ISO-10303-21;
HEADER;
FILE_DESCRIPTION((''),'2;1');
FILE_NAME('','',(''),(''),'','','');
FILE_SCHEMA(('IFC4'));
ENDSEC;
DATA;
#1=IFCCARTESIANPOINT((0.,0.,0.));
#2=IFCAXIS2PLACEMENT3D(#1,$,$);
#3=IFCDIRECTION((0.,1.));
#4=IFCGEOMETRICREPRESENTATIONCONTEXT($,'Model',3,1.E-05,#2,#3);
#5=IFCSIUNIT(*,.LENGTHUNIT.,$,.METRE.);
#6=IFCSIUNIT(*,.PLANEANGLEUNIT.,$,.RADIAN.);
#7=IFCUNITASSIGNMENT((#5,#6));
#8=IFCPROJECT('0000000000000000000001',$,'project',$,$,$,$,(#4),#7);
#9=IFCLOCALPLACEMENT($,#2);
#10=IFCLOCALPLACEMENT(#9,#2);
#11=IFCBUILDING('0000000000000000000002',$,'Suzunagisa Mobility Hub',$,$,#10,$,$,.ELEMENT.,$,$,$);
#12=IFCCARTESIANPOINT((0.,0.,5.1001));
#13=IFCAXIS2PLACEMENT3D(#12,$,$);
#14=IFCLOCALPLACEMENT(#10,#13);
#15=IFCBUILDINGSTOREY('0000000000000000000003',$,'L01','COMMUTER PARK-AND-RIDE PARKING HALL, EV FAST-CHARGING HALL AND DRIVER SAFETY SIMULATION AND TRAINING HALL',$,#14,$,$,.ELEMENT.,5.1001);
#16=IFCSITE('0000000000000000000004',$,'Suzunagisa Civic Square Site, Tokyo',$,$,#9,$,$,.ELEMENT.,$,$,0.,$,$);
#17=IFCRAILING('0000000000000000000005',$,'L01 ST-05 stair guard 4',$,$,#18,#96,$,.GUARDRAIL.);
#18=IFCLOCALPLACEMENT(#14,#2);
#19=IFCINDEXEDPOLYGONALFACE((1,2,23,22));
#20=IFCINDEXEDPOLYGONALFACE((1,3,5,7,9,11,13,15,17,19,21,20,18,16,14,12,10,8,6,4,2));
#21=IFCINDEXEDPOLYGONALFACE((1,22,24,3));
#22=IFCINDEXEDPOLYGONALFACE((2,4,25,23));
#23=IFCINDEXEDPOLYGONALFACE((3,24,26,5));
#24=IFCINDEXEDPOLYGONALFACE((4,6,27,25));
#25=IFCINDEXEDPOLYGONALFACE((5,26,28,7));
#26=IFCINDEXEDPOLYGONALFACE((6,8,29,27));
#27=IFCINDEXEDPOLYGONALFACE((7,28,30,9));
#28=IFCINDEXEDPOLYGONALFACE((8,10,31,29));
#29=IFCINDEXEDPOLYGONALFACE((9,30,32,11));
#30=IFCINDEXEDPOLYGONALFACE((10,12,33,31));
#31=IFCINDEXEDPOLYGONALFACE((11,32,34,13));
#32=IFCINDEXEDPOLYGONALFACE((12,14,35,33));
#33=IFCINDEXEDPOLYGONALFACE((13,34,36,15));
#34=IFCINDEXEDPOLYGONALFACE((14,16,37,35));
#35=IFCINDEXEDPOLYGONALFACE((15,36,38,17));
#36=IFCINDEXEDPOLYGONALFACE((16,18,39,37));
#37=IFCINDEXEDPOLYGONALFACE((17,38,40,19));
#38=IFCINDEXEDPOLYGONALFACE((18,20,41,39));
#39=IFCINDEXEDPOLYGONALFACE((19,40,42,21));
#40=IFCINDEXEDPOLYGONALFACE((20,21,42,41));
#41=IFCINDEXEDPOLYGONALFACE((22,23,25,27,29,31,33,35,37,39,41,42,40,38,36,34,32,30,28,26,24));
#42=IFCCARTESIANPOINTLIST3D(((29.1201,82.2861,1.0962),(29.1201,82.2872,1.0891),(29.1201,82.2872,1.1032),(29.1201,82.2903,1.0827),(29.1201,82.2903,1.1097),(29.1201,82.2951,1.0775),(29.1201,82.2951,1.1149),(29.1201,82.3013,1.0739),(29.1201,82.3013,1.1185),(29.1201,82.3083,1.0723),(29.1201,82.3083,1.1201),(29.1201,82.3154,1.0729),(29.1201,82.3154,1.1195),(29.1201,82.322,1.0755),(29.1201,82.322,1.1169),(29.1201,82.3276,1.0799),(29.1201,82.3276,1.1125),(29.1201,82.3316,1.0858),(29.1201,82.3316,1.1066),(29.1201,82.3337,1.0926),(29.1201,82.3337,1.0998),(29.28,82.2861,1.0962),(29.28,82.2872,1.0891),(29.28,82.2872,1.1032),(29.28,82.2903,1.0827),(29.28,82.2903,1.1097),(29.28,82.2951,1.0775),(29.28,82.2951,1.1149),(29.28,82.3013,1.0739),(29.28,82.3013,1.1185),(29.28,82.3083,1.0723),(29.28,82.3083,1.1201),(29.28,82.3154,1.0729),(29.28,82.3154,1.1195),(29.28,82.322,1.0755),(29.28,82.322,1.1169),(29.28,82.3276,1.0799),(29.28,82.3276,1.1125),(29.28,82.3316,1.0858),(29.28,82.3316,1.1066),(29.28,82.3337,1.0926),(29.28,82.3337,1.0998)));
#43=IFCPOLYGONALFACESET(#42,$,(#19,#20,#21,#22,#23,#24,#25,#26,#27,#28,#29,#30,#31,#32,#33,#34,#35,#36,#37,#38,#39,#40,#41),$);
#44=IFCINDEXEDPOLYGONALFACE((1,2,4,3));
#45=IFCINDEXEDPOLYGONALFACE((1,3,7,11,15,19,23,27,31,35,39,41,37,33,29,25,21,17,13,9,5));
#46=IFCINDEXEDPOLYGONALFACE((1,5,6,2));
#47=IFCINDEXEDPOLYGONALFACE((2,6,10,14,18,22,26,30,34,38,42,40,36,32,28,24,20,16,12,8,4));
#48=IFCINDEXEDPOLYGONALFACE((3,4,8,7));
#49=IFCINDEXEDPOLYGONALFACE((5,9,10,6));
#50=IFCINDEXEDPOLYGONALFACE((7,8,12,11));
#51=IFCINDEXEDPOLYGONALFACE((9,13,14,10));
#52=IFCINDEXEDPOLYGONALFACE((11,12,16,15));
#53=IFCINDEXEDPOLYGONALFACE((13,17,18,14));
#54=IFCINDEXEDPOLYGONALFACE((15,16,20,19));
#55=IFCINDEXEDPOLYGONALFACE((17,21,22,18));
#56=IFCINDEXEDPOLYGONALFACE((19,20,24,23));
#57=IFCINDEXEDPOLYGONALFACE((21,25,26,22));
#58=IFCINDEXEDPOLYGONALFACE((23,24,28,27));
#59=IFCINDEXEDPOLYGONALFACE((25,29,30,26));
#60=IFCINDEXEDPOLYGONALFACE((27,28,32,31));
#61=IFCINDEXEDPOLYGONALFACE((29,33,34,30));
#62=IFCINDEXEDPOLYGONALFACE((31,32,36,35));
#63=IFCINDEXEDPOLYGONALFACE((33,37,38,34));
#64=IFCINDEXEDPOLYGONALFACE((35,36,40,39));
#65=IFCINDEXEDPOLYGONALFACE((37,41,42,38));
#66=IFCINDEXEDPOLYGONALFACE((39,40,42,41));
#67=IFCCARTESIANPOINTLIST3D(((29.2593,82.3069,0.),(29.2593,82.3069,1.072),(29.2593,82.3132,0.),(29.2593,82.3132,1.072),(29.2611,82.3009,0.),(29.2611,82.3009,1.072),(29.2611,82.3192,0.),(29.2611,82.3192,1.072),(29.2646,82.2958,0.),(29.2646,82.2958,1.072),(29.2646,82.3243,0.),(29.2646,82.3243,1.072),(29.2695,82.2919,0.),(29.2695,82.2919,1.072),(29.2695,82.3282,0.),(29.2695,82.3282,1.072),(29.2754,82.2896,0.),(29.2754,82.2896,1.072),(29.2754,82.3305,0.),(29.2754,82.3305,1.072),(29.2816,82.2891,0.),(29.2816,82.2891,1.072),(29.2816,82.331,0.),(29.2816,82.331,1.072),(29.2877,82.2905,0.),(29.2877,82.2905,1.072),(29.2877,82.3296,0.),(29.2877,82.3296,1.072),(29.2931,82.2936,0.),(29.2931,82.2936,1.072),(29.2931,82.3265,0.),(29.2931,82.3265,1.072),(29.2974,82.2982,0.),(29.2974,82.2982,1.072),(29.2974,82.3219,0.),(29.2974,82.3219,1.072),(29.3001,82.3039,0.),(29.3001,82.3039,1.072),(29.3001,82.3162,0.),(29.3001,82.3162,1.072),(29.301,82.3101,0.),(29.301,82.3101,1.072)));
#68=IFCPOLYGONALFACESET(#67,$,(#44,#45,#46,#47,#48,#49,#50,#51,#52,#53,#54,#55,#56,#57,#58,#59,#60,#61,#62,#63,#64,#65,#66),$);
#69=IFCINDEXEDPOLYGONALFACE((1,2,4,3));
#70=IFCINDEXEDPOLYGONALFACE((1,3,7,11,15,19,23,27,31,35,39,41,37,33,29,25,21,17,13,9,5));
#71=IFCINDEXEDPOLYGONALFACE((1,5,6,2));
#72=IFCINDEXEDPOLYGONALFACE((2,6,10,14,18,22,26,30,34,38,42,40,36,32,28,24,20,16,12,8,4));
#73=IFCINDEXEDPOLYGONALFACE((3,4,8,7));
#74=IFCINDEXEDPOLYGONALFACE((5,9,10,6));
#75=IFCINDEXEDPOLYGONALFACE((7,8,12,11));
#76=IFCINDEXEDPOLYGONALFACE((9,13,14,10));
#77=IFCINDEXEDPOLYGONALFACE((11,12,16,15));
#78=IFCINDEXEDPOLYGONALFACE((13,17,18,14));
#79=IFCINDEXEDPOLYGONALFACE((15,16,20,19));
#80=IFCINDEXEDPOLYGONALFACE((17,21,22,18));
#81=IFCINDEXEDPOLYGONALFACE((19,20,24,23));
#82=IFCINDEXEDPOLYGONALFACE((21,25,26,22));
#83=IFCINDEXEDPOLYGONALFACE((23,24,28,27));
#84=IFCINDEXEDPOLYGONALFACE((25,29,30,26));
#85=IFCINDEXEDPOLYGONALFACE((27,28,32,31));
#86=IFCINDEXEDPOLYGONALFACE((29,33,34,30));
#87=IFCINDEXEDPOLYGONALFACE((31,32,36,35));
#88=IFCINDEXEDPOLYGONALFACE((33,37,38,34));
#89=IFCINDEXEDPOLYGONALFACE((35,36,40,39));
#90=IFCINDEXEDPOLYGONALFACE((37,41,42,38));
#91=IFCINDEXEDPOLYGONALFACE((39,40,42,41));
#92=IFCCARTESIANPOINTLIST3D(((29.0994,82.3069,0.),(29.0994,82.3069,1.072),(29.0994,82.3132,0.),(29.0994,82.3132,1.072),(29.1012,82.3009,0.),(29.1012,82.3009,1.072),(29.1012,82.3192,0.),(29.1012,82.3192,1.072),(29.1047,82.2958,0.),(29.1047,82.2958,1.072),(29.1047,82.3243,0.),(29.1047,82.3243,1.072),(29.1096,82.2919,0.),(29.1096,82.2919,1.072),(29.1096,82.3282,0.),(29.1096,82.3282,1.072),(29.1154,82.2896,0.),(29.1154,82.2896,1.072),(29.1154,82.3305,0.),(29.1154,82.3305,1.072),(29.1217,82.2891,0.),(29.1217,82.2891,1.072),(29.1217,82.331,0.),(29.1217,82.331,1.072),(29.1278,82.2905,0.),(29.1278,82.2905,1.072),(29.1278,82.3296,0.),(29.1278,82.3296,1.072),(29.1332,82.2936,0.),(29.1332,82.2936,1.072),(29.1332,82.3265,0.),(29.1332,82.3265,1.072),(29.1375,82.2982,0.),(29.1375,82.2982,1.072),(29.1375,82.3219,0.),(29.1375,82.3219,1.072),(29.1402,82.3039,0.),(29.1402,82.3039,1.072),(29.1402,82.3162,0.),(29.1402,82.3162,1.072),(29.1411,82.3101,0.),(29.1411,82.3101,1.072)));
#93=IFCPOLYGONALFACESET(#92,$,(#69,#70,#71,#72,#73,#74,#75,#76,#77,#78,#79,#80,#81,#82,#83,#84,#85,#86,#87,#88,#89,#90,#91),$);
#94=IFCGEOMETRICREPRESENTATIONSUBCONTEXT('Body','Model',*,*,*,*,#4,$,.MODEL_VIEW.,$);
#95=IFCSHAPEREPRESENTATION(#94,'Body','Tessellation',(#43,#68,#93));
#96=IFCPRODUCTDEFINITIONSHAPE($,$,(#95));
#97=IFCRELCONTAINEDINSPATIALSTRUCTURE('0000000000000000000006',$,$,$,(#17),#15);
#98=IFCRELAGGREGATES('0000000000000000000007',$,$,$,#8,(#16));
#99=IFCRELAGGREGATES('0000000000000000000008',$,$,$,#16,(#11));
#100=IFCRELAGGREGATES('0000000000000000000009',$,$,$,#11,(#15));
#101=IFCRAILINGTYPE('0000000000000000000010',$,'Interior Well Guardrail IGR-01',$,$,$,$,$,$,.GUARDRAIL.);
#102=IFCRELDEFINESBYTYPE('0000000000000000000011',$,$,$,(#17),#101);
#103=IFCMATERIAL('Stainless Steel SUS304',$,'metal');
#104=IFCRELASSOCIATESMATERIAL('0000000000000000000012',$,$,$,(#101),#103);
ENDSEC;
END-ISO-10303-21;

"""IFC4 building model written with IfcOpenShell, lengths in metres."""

from ifc_helpers import new_model, si_unit, direction, frame, origin, origin_2d, place, context, subcontext, project, spatial, circle, extrude, material, type_object, element, save


model = new_model("IFC4")

# Units and contexts
model_context = context("Model", 3, precision=1e-05, world=origin(), true_north=direction((0.0, 1.0)))
body_context = subcontext(model_context, "Body", "Model", "MODEL_VIEW")
ifc_project = project(units=[si_unit("LENGTHUNIT", "METRE"), si_unit("PLANEANGLEUNIT", "RADIAN")], contexts=[model_context])

# Site, building, storey
site_placement = place(None, origin())
site = spatial("IfcSite", under=ifc_project, at=site_placement, Name="Suzunagisa Civic Square Site, Tokyo", CompositionType="ELEMENT", RefElevation=0.0)
building_placement = place(site_placement, origin())
building = spatial("IfcBuilding", under=site, at=building_placement, Name="Suzunagisa Mobility Hub", CompositionType="ELEMENT")
storey_placement = place(building_placement, frame((0.0, 0.0, 5.1001)))
storey = spatial("IfcBuildingStorey", under=building, at=storey_placement, Name="L01", Description="COMMUTER PARK-AND-RIDE PARKING HALL, EV FAST-CHARGING HALL AND DRIVER SAFETY SIMULATION AND TRAINING HALL", CompositionType="ELEMENT", Elevation=5.1001)

# Railing
ifc_material_1 = material(Name="Stainless Steel SUS304", Category="metal")
railing_type_1 = type_object("IfcRailingType", Name="Interior Well Guardrail IGR-01", PredefinedType="GUARDRAIL", material=ifc_material_1)
railing_1_placement = place(storey_placement, frame((29.28, 82.3101, 0.0)))
element("IfcRailing", 1, at=railing_1_placement, inside=storey, type_object=railing_type_1, Name="L01 ST-05 stair guard 4", PredefinedType="GUARDRAIL", context=body_context, shape_type="SweptSolid", body=[
    extrude(circle(Radius=0.0239, at=origin_2d()), frame((0.0, 0.0, 1.0962), z_axis=(-1.0, 0.0, 0.0), x_axis=(0.0, -1.0, 0.0)), (0.0, 0.0, 1.0), 0.1599),
    extrude(circle(Radius=0.021, at=origin_2d()), origin(), (0.0, 0.0, 1.0), 1.072),
    extrude(circle(Radius=0.021, at=origin_2d()), frame((-0.1599, 0.0, 0.0)), (0.0, 0.0, 1.0), 1.072),
])

save(model, "model.ifc")
